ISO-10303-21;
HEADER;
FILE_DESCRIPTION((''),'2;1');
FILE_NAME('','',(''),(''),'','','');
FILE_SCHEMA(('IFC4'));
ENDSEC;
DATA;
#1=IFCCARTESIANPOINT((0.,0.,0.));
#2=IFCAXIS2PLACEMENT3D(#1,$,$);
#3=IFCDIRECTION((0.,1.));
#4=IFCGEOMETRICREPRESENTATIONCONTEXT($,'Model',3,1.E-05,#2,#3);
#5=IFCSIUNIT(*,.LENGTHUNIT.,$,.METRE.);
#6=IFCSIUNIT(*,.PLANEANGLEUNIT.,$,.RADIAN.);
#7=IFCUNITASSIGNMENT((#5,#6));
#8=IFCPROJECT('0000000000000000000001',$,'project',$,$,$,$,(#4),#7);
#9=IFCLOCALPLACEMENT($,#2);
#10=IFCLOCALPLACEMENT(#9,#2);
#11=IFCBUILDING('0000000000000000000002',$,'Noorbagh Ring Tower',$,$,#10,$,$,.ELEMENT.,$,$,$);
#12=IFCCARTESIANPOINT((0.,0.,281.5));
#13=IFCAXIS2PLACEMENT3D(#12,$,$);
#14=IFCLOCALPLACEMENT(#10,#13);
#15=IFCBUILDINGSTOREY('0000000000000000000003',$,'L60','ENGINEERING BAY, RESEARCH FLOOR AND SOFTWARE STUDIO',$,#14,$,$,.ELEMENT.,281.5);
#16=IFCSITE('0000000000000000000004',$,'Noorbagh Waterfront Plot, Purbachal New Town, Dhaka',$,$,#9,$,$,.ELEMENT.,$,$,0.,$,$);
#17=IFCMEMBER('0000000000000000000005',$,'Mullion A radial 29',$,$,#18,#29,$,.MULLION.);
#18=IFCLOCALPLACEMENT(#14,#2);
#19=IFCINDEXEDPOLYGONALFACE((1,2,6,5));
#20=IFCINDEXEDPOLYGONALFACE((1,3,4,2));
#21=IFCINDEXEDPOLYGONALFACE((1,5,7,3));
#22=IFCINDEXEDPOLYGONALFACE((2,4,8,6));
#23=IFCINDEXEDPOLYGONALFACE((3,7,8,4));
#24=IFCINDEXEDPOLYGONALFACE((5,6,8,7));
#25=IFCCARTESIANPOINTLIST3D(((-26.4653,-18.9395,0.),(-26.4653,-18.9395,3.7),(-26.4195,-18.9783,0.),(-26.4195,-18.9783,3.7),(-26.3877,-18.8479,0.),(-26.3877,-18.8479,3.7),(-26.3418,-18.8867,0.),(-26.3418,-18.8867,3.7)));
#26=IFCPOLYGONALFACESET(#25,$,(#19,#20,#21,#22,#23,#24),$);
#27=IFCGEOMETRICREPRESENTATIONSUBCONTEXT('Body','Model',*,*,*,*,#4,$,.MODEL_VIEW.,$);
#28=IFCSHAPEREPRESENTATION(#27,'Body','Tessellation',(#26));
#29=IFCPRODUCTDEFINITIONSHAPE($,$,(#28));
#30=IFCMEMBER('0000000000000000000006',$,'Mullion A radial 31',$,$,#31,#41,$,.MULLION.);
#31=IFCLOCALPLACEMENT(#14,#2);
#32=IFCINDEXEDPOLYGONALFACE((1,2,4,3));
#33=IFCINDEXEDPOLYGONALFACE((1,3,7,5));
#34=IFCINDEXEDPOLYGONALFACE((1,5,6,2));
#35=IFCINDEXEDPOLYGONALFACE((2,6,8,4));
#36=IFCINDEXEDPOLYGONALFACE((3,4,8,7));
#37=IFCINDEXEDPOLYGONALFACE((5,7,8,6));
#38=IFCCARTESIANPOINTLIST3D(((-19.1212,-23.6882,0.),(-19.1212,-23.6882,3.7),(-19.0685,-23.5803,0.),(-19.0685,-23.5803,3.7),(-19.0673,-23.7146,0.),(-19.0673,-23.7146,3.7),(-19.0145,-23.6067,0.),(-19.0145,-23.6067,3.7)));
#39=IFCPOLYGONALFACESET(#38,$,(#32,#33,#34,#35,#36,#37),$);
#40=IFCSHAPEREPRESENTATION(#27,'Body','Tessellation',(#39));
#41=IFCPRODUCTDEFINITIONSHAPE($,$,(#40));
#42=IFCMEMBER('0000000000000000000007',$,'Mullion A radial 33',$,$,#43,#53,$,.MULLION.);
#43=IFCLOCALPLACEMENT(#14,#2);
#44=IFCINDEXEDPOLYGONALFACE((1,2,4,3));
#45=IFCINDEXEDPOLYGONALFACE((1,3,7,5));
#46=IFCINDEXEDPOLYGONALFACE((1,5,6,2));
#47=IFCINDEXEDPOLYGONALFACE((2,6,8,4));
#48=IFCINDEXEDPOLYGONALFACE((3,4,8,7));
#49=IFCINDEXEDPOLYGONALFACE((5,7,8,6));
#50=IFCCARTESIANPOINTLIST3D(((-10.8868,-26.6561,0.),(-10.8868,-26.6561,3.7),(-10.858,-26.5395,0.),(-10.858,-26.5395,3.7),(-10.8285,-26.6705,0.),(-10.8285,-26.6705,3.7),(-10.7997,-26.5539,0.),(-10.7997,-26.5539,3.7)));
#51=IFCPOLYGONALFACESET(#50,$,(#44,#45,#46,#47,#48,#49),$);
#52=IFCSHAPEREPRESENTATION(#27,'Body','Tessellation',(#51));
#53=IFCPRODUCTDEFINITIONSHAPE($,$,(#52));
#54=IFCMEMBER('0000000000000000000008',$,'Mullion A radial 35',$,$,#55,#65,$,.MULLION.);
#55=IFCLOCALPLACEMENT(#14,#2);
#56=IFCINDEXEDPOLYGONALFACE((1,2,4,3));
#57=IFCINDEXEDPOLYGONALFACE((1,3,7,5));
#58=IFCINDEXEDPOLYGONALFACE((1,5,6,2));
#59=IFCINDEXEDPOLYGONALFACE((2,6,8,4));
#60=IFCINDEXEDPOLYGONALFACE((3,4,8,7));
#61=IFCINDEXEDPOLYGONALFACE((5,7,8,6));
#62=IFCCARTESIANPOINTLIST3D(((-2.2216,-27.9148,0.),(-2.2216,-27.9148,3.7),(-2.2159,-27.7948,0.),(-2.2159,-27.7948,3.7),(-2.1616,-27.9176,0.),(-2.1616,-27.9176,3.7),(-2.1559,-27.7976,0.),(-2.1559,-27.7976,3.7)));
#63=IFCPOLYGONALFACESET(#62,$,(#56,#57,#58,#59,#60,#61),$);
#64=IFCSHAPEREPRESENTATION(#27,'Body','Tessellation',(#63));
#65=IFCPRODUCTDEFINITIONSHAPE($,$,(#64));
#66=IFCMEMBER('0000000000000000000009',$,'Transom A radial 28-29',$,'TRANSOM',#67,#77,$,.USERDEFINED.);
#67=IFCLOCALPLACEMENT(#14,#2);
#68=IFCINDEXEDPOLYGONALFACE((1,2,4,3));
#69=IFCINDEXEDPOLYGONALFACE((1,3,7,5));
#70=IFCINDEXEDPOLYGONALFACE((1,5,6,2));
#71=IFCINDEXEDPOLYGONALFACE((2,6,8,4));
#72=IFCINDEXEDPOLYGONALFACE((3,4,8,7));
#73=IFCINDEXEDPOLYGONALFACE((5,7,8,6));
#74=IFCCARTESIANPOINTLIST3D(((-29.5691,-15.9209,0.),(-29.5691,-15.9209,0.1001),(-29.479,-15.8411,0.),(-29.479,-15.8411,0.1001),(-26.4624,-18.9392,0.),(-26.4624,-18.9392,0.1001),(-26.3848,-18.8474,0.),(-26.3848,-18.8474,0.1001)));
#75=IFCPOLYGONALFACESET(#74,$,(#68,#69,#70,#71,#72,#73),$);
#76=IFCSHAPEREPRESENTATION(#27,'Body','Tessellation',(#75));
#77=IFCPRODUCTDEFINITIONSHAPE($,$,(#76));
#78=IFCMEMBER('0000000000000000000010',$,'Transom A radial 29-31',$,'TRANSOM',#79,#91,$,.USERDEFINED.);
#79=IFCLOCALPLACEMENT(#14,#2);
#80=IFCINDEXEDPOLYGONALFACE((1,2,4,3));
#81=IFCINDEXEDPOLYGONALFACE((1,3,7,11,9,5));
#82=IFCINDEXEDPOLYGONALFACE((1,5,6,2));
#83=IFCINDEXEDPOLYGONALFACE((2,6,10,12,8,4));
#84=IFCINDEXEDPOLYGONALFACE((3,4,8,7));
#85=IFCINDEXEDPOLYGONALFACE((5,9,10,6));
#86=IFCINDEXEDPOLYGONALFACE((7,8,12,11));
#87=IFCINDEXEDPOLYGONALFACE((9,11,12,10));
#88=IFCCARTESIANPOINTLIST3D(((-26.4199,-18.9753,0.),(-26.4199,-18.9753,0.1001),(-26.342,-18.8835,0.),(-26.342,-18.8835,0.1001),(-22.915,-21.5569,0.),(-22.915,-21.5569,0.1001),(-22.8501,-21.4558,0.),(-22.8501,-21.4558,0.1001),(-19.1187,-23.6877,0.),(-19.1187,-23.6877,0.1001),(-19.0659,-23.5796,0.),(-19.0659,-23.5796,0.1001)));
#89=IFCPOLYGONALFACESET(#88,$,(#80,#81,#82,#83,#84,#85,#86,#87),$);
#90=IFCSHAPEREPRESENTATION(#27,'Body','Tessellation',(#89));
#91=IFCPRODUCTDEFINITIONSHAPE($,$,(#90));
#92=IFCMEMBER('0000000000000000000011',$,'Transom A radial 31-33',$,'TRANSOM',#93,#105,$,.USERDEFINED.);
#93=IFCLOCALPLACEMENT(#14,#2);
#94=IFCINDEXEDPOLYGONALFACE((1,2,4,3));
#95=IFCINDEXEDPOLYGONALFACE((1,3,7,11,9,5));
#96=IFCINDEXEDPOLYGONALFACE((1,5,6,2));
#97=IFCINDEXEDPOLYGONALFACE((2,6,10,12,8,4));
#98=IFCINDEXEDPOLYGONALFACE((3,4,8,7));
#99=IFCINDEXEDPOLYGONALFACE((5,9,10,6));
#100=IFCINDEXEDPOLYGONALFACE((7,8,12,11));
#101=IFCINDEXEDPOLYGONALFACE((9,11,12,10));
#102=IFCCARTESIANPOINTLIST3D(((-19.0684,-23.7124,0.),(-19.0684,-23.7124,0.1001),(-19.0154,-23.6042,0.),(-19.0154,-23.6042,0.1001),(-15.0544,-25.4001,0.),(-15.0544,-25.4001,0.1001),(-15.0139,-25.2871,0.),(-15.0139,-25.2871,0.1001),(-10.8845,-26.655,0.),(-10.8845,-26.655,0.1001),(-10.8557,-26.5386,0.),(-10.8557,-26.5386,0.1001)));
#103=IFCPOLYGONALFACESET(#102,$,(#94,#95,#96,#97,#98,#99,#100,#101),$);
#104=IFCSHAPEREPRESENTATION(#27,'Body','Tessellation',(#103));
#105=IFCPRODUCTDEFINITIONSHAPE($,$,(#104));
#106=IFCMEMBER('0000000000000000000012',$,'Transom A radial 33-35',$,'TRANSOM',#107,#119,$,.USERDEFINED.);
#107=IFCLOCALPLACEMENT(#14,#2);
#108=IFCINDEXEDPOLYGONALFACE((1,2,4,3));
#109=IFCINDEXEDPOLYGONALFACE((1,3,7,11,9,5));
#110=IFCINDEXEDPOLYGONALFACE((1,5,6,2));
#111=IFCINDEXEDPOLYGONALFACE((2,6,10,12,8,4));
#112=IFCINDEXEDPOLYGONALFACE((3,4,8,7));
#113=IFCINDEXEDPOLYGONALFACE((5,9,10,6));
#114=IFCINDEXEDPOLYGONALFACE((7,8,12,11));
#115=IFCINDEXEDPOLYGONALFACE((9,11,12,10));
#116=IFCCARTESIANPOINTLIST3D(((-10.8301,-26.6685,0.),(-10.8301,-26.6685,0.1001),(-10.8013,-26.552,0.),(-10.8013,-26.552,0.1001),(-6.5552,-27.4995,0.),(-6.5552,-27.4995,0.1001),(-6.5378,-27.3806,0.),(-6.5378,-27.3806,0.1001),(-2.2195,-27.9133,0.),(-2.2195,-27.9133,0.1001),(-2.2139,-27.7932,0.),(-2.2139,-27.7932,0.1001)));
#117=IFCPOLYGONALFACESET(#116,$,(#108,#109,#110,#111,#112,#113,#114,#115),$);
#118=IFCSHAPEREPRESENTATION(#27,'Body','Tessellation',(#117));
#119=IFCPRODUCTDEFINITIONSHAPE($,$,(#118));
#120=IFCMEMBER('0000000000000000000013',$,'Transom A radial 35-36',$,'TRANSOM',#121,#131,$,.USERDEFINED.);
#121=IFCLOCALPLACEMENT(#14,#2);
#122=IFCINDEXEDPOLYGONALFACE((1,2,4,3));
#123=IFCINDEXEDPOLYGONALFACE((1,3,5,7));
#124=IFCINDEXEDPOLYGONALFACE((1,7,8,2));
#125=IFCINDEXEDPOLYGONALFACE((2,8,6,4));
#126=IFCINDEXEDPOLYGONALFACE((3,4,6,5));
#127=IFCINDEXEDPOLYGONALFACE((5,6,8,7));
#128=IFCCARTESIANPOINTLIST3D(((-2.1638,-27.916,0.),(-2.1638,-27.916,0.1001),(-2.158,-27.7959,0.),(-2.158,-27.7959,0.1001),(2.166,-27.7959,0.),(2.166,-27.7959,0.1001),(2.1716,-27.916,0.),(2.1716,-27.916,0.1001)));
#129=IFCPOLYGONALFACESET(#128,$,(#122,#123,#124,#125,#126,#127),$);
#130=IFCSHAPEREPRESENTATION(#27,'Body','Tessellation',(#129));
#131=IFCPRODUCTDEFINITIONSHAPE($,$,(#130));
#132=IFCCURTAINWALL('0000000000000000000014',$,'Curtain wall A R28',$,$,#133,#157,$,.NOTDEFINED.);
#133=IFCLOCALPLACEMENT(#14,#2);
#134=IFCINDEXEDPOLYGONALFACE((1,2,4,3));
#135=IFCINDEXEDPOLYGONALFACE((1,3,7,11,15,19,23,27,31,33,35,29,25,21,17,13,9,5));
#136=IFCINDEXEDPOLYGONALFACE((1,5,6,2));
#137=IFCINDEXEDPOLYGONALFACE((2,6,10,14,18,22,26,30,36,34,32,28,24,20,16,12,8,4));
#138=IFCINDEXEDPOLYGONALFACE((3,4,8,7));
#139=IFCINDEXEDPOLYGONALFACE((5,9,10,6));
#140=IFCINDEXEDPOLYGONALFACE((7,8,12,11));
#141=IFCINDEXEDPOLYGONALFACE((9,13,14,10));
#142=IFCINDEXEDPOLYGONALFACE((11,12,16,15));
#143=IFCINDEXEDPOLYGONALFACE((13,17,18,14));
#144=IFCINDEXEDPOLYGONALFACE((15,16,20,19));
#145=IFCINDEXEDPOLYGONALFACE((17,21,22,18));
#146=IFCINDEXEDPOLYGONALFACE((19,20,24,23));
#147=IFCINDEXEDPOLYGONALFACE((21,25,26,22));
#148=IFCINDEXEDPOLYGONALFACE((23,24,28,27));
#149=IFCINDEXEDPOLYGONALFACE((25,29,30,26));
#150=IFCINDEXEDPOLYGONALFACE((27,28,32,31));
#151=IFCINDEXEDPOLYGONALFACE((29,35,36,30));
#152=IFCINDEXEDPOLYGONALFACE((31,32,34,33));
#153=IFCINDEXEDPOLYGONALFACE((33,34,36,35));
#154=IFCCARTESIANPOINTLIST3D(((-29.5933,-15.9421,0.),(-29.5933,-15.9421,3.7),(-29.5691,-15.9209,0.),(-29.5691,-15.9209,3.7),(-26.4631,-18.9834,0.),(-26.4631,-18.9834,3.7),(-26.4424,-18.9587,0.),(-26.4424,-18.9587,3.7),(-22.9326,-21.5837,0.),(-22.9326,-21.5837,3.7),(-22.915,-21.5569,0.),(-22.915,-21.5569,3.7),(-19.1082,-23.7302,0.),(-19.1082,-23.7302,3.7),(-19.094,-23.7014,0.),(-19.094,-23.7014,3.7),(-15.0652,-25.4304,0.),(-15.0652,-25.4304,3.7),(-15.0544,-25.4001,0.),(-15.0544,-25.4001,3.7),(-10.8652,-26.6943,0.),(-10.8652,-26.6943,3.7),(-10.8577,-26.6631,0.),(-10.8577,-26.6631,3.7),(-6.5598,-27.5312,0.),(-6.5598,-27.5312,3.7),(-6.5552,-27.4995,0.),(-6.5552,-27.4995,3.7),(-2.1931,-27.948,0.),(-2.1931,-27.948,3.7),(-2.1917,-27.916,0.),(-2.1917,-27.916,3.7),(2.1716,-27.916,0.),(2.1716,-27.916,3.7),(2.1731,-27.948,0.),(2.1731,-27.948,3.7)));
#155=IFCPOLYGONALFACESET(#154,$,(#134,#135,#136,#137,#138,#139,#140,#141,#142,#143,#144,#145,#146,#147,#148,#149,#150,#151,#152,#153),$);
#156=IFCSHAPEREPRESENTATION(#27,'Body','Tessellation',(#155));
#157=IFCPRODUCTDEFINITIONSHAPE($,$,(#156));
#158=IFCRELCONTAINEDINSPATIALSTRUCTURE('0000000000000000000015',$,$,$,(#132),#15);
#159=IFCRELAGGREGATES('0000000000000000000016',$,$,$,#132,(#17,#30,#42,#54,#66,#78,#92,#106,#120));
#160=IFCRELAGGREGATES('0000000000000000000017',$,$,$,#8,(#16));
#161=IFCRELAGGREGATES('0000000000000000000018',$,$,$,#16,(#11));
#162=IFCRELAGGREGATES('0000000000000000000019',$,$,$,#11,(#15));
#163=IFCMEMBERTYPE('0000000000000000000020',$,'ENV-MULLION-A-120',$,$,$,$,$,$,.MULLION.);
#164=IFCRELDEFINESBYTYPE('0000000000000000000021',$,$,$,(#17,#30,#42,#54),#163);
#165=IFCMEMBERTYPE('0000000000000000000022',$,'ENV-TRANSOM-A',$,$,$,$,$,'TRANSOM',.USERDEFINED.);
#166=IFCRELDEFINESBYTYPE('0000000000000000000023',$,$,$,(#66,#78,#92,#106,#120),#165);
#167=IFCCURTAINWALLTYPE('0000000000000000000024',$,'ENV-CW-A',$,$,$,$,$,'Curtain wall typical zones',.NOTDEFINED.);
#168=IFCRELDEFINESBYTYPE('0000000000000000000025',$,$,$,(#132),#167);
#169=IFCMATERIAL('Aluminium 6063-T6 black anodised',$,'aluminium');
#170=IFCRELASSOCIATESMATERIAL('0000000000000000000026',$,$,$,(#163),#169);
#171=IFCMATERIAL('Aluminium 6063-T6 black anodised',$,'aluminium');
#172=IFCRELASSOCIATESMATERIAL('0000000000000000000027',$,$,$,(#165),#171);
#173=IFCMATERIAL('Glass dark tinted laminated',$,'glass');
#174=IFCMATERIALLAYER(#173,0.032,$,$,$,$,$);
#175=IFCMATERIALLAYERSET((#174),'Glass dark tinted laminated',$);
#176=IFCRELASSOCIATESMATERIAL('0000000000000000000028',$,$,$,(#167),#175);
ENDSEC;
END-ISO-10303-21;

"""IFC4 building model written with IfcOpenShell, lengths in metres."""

from ifc_helpers import new_model, si_unit, direction, frame, origin, origin_2d, place, context, subcontext, project, spatial, polyline, rectangle, outline, extrude, material, layer, layer_set, material_profile, profile_set, type_object, element, aggregate, save


model = new_model("IFC4")

# Units and contexts
model_context = context("Model", 3, precision=1e-05, world=origin(), true_north=direction((0.0, 1.0)))
body_context = subcontext(model_context, "Body", "Model", "MODEL_VIEW")
ifc_project = project(units=[si_unit("LENGTHUNIT", "METRE"), si_unit("PLANEANGLEUNIT", "RADIAN")], contexts=[model_context])

# Members
ifc_material_1 = material(Name="Aluminium 6063-T6 black anodised", Category="aluminium")
ifc_material_profile_1 = material_profile(ifc_material_1, rectangle(XDim=0.1201, YDim=0.0601, at=origin_2d()), Name="120x60")
ifc_profile_set_1 = profile_set([ifc_material_profile_1], Name="Aluminium 6063-T6 black anodised")
member_type_1 = type_object("IfcMemberType", Name="ENV-MULLION-A-120", PredefinedType="MULLION", material=ifc_profile_set_1)
site_placement = place(None, origin())
building_placement = place(site_placement, origin())
storey_placement = place(building_placement, frame((0.0, 0.0, 281.5)))
member_1_placement = place(storey_placement, frame((-26.4036, -18.9131, 0.0), z_axis=(0.0, 0.0, 1.0), x_axis=(0.646451, 0.762955, 0.0)))
member_1 = element("IfcMember", 1, at=member_1_placement, type_object=member_type_1, Name="Mullion A radial 29", PredefinedType="MULLION", context=body_context, shape_type="SweptSolid", body=[
    extrude(rectangle(XDim=0.1201, YDim=0.0601, at=origin_2d()), origin(), (0.0, 0.0, 1.0), 3.7),
])
member_2_placement = place(storey_placement, frame((-19.0679, -23.6475, 0.0), z_axis=(0.0, 0.0, 1.0), x_axis=(0.439238, 0.898371, 0.0)))
member_2 = element("IfcMember", 2, at=member_2_placement, type_object=member_type_1, Name="Mullion A radial 31", PredefinedType="MULLION", context=body_context, shape_type="SweptSolid", body=[
    extrude(rectangle(XDim=0.1201, YDim=0.0601, at=origin_2d()), origin(), (0.0, 0.0, 1.0), 3.7),
])
member_3_placement = place(storey_placement, frame((-10.8433, -26.605, 0.0), z_axis=(0.0, 0.0, 1.0), x_axis=(0.239799, 0.970823, 0.0)))
member_3 = element("IfcMember", 3, at=member_3_placement, type_object=member_type_1, Name="Mullion A radial 33", PredefinedType="MULLION", context=body_context, shape_type="SweptSolid", body=[
    extrude(rectangle(XDim=0.1201, YDim=0.0601, at=origin_2d()), origin(), (0.0, 0.0, 1.0), 3.7),
])
member_4_placement = place(storey_placement, frame((-2.1887, -27.8562, 0.0), z_axis=(0.0, 0.0, 1.0), x_axis=(0.047558, 0.998868, 0.0)))
member_4 = element("IfcMember", 4, at=member_4_placement, type_object=member_type_1, Name="Mullion A radial 35", PredefinedType="MULLION", context=body_context, shape_type="SweptSolid", body=[
    extrude(rectangle(XDim=0.1201, YDim=0.0601, at=origin_2d()), origin(), (0.0, 0.0, 1.0), 3.7),
])
ifc_material_2 = material(Name="Aluminium 6063-T6 black anodised", Category="aluminium")
member_type_2 = type_object("IfcMemberType", Name="ENV-TRANSOM-A", ElementType="TRANSOM", PredefinedType="USERDEFINED", material=ifc_material_2)
member_5_placement = place(storey_placement, origin())
member_5 = element("IfcMember", 5, at=member_5_placement, type_object=member_type_2, Name="Transom A radial 28-29", ObjectType="TRANSOM", PredefinedType="USERDEFINED", context=body_context, shape_type="SweptSolid", body=[
    extrude(outline(polyline([(-29.5691, -15.9209), (-26.4624, -18.9392), (-26.3848, -18.8474), (-29.479, -15.8411), (-29.5691, -15.9209)])), origin(), (0.0, 0.0, 1.0), 0.1001),
])
member_6_placement = place(storey_placement, origin())
member_6 = element("IfcMember", 6, at=member_6_placement, type_object=member_type_2, Name="Transom A radial 29-31", ObjectType="TRANSOM", PredefinedType="USERDEFINED", context=body_context, shape_type="SweptSolid", body=[
    extrude(outline(polyline([(-26.4199, -18.9753), (-22.915, -21.5569), (-19.1187, -23.6877), (-19.0659, -23.5796), (-22.8501, -21.4558), (-26.342, -18.8835), (-26.4199, -18.9753)])), origin(), (0.0, 0.0, 1.0), 0.1001),
])
member_7_placement = place(storey_placement, origin())
member_7 = element("IfcMember", 7, at=member_7_placement, type_object=member_type_2, Name="Transom A radial 31-33", ObjectType="TRANSOM", PredefinedType="USERDEFINED", context=body_context, shape_type="SweptSolid", body=[
    extrude(outline(polyline([(-19.0684, -23.7124), (-15.0544, -25.4001), (-10.8845, -26.655), (-10.8557, -26.5386), (-15.0139, -25.2871), (-19.0154, -23.6042), (-19.0684, -23.7124)])), origin(), (0.0, 0.0, 1.0), 0.1001),
])
member_8_placement = place(storey_placement, origin())
member_8 = element("IfcMember", 8, at=member_8_placement, type_object=member_type_2, Name="Transom A radial 33-35", ObjectType="TRANSOM", PredefinedType="USERDEFINED", context=body_context, shape_type="SweptSolid", body=[
    extrude(outline(polyline([(-10.8301, -26.6685), (-6.5552, -27.4995), (-2.2195, -27.9133), (-2.2139, -27.7932), (-6.5378, -27.3806), (-10.8013, -26.552), (-10.8301, -26.6685)])), origin(), (0.0, 0.0, 1.0), 0.1001),
])
member_9_placement = place(storey_placement, origin())
member_9 = element("IfcMember", 9, at=member_9_placement, type_object=member_type_2, Name="Transom A radial 35-36", ObjectType="TRANSOM", PredefinedType="USERDEFINED", context=body_context, shape_type="SweptSolid", body=[
    extrude(outline(polyline([(-2.1638, -27.916), (2.1716, -27.916), (2.166, -27.7959), (-2.158, -27.7959), (-2.1638, -27.916)])), origin(), (0.0, 0.0, 1.0), 0.1001),
])

# Site, building, storey
site = spatial("IfcSite", under=ifc_project, at=site_placement, Name="Noorbagh Waterfront Plot, Purbachal New Town, Dhaka", CompositionType="ELEMENT", RefElevation=0.0)
building = spatial("IfcBuilding", under=site, at=building_placement, Name="Noorbagh Ring Tower", CompositionType="ELEMENT")
storey = spatial("IfcBuildingStorey", under=building, at=storey_placement, Name="L60", Description="ENGINEERING BAY, RESEARCH FLOOR AND SOFTWARE STUDIO", CompositionType="ELEMENT", Elevation=281.5)

# Curtain wall
ifc_material_3 = material(Name="Glass dark tinted laminated", Category="glass")
ifc_layer_1 = layer(ifc_material_3, 0.032)
ifc_layer_set_1 = layer_set([ifc_layer_1], Name="Glass dark tinted laminated")
curtain_wall_type_1 = type_object("IfcCurtainWallType", Name="ENV-CW-A", ElementType="Curtain wall typical zones", PredefinedType="NOTDEFINED", material=ifc_layer_set_1)
curtain_wall_1_placement = place(storey_placement, origin())
curtain_wall_1 = element("IfcCurtainWall", 10, at=curtain_wall_1_placement, inside=storey, type_object=curtain_wall_type_1, Name="Curtain wall A R28", PredefinedType="NOTDEFINED", context=body_context, shape_type="SweptSolid", body=[
    extrude(outline(polyline([(-29.5933, -15.9421), (-26.4631, -18.9834), (-22.9326, -21.5837), (-19.1082, -23.7302), (-15.0652, -25.4304), (-10.8652, -26.6943), (-6.5598, -27.5312), (-2.1931, -27.948), (2.1731, -27.948), (2.1716, -27.916), (-2.1917, -27.916), (-6.5552, -27.4995), (-10.8577, -26.6631), (-15.0544, -25.4001), (-19.094, -23.7014), (-22.915, -21.5569), (-26.4424, -18.9587), (-29.5691, -15.9209), (-29.5933, -15.9421)])), origin(), (0.0, 0.0, 1.0), 3.7),
])
aggregate(curtain_wall_1, [member_1, member_2, member_3, member_4, member_5, member_6, member_7, member_8, member_9])

save(model, "model.ifc")
